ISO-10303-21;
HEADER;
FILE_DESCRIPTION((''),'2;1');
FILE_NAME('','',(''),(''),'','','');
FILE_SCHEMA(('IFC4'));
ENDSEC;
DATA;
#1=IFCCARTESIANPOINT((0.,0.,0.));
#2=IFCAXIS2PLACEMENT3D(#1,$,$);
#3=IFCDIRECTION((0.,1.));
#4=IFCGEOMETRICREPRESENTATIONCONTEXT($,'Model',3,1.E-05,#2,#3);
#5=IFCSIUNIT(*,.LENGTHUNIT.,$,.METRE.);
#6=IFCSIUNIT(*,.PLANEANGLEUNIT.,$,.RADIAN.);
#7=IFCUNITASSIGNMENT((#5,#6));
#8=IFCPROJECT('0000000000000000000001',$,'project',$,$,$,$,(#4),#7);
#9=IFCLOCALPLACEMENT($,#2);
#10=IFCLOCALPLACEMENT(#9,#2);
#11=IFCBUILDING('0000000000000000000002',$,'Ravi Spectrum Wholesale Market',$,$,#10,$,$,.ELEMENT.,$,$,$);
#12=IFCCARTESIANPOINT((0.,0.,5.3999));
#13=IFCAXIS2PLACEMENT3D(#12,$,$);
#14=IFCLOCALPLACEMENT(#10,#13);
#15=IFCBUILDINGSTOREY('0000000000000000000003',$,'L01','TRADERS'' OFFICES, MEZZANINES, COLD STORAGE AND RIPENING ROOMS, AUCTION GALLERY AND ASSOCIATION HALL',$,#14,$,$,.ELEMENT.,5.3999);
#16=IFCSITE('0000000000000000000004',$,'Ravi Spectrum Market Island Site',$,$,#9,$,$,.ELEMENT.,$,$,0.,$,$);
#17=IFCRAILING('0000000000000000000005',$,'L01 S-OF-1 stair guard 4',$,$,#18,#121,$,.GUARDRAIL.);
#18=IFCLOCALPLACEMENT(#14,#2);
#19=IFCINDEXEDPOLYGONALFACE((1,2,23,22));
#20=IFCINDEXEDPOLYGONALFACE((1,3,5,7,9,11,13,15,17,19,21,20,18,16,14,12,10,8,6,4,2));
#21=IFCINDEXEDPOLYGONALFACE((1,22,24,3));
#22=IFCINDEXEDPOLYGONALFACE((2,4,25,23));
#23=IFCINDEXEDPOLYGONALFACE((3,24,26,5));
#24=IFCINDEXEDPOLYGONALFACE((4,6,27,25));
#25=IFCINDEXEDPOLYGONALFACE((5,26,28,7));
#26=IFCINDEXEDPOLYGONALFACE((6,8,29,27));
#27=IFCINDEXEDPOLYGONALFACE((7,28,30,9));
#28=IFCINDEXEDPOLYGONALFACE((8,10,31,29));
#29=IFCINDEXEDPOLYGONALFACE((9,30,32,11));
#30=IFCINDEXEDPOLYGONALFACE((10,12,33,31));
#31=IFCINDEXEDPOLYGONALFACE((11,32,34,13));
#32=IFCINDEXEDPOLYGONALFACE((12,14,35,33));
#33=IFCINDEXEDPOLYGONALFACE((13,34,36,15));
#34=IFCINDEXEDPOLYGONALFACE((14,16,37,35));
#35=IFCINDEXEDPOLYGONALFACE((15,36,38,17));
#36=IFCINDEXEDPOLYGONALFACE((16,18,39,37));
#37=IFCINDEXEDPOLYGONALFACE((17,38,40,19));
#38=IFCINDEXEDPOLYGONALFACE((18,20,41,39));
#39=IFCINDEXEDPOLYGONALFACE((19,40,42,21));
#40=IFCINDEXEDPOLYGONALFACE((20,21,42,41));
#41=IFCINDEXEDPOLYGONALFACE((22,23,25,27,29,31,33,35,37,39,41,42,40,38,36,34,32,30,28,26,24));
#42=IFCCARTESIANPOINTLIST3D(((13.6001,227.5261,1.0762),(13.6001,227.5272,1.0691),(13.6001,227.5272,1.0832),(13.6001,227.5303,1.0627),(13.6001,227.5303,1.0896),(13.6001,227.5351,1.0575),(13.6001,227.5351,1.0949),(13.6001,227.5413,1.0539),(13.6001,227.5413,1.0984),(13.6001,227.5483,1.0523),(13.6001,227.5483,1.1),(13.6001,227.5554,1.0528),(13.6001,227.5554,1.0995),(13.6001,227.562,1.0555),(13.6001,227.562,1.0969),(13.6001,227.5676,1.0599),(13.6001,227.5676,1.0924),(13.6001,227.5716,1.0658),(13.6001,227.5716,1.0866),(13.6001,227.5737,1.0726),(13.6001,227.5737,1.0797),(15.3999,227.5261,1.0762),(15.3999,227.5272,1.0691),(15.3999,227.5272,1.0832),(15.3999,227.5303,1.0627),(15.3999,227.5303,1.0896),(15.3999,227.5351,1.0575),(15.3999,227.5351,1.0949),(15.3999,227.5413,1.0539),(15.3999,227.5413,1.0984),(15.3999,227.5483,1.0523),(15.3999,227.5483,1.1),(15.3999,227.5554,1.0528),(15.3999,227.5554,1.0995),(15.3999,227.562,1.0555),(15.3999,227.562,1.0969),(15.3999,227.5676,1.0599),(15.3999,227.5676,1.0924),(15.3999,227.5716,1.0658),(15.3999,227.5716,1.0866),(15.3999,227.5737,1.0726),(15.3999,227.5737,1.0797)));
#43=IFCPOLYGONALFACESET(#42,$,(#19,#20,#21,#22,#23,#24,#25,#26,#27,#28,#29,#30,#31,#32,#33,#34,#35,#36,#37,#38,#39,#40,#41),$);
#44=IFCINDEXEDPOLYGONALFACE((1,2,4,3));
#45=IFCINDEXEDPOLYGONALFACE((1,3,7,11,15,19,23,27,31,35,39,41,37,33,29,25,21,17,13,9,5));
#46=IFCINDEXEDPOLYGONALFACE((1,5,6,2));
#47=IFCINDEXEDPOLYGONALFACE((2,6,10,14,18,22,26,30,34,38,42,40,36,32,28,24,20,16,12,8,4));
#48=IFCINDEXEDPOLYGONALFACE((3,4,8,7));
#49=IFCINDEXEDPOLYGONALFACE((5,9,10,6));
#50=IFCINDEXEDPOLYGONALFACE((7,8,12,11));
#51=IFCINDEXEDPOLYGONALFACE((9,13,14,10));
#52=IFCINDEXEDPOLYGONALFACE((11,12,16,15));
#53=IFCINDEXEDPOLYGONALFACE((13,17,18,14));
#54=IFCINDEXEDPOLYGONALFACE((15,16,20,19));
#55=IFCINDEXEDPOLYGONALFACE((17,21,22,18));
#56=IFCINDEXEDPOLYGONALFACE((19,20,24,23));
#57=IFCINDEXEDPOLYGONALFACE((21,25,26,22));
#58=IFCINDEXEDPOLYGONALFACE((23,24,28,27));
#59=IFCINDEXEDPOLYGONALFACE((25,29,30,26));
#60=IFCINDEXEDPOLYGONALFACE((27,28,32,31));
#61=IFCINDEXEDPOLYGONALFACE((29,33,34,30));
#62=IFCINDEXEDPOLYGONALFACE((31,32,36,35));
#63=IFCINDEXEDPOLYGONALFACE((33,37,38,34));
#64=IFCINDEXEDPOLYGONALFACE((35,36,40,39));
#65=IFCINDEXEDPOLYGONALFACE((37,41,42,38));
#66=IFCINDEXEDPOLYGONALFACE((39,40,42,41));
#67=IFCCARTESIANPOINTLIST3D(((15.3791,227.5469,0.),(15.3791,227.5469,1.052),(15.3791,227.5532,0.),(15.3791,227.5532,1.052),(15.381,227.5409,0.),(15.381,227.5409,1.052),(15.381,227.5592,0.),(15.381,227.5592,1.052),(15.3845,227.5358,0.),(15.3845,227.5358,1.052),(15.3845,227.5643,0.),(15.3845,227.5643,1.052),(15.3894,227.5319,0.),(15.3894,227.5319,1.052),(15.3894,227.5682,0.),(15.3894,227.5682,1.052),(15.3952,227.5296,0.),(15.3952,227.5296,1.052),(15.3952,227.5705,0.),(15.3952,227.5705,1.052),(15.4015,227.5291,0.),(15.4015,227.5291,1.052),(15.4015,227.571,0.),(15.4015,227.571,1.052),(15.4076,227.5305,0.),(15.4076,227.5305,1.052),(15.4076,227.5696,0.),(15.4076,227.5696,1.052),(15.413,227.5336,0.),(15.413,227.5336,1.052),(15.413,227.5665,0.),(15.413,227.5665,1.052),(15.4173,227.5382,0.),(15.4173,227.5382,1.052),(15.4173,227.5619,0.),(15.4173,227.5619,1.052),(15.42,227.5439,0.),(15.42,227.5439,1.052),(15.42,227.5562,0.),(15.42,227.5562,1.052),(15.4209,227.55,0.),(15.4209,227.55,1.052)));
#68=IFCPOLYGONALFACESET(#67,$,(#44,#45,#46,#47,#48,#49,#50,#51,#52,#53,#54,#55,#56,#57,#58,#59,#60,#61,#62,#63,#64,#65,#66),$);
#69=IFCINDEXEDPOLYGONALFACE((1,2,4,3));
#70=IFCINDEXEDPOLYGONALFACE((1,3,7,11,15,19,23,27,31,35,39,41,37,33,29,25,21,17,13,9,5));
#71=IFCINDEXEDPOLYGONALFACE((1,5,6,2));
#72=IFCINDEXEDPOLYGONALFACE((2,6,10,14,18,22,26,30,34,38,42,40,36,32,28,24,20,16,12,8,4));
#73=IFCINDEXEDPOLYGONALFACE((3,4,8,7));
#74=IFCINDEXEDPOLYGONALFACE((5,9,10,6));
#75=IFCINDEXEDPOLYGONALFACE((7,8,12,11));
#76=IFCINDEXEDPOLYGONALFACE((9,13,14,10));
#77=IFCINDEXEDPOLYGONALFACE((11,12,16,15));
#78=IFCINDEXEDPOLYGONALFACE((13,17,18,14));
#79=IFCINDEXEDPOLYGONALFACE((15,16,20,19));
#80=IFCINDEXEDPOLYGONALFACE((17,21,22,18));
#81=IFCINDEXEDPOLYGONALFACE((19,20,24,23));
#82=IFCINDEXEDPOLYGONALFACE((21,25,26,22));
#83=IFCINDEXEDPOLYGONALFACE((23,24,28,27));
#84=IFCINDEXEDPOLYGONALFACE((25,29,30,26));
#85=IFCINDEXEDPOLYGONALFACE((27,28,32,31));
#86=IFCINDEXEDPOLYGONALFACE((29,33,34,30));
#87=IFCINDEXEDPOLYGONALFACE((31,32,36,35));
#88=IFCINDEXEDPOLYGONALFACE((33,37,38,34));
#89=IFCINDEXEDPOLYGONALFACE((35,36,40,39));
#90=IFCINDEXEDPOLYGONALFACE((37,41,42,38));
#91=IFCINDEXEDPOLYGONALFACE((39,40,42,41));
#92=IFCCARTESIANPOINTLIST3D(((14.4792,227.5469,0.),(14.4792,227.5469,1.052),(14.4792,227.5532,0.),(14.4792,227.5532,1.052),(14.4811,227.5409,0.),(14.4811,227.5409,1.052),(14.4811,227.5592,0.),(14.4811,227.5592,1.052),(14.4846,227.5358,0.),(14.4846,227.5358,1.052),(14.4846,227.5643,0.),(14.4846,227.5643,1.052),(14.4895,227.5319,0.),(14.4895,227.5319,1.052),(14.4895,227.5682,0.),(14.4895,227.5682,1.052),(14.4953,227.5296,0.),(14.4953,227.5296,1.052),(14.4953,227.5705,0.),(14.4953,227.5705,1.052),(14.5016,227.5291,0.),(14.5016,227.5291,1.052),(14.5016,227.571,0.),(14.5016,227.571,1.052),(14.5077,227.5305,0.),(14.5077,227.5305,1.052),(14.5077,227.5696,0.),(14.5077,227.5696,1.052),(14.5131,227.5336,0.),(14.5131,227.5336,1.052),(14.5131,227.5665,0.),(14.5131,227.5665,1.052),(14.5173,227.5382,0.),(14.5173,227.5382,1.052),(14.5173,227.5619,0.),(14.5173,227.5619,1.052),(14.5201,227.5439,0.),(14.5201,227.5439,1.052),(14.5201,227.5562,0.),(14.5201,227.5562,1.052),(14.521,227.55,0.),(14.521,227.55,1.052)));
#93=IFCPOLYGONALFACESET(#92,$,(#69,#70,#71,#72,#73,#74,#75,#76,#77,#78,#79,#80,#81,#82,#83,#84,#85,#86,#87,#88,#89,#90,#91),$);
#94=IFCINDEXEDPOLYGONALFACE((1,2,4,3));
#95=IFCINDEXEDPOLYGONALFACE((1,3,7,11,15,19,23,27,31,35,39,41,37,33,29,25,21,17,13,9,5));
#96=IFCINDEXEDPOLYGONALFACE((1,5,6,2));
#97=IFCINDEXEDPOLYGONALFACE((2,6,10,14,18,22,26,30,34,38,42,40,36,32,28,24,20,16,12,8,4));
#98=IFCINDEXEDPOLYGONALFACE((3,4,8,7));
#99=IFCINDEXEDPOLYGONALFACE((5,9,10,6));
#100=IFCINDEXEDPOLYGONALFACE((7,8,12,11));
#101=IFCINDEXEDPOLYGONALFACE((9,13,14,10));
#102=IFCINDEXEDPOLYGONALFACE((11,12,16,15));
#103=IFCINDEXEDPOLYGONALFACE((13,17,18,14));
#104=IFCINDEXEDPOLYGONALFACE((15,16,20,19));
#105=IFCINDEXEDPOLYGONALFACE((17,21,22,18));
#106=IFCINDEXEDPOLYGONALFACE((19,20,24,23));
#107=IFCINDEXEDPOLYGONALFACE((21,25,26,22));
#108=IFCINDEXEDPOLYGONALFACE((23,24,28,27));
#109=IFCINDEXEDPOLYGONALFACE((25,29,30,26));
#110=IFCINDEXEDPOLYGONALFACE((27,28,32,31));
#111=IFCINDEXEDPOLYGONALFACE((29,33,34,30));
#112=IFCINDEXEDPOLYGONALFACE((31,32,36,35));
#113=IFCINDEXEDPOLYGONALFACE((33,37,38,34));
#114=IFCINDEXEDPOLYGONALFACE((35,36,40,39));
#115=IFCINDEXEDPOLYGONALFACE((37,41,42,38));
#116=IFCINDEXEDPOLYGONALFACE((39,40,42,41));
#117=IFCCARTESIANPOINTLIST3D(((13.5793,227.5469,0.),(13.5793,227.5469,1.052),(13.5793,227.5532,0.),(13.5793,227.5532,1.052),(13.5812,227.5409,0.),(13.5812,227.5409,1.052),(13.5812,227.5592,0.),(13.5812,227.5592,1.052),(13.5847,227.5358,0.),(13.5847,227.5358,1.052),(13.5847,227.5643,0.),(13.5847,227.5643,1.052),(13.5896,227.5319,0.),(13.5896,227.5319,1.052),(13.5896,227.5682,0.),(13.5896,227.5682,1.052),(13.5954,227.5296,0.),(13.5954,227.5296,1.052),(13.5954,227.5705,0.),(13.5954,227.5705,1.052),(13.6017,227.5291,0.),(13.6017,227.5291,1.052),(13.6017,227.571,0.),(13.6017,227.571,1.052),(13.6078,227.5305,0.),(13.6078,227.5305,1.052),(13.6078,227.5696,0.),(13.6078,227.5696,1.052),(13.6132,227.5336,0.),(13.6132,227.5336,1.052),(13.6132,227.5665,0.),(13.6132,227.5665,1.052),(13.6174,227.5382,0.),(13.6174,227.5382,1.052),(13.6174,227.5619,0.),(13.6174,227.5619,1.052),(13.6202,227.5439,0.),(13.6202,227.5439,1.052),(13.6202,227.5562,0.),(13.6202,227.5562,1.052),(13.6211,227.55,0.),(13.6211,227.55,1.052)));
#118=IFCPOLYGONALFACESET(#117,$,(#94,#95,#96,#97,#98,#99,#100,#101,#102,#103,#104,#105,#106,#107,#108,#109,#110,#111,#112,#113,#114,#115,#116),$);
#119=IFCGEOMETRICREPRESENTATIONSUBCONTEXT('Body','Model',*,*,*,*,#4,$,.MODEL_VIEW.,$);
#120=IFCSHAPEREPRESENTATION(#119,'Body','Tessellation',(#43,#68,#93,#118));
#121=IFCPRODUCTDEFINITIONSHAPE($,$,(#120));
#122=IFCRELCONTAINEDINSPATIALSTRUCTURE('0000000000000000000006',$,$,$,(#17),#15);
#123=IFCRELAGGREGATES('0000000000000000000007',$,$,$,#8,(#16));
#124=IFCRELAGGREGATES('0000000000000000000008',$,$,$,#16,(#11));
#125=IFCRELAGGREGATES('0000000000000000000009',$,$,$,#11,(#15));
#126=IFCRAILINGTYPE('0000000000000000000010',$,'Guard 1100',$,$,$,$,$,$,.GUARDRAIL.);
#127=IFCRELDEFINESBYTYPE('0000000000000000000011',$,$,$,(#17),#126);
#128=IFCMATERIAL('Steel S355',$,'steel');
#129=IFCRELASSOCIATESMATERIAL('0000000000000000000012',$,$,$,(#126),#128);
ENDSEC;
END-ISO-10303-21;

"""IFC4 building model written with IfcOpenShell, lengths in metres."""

from ifc_helpers import new_model, si_unit, direction, frame, origin, origin_2d, place, context, subcontext, project, spatial, circle, extrude, material, type_object, element, save


model = new_model("IFC4")

# Units and contexts
model_context = context("Model", 3, precision=1e-05, world=origin(), true_north=direction((0.0, 1.0)))
body_context = subcontext(model_context, "Body", "Model", "MODEL_VIEW")
ifc_project = project(units=[si_unit("LENGTHUNIT", "METRE"), si_unit("PLANEANGLEUNIT", "RADIAN")], contexts=[model_context])

# Site, building, storey
site_placement = place(None, origin())
site = spatial("IfcSite", under=ifc_project, at=site_placement, Name="Ravi Spectrum Market Island Site", CompositionType="ELEMENT", RefElevation=0.0)
building_placement = place(site_placement, origin())
building = spatial("IfcBuilding", under=site, at=building_placement, Name="Ravi Spectrum Wholesale Market", CompositionType="ELEMENT")
storey_placement = place(building_placement, frame((0.0, 0.0, 5.3999)))
storey = spatial("IfcBuildingStorey", under=building, at=storey_placement, Name="L01", Description="TRADERS' OFFICES, MEZZANINES, COLD STORAGE AND RIPENING ROOMS, AUCTION GALLERY AND ASSOCIATION HALL", CompositionType="ELEMENT", Elevation=5.3999)

# Railing
ifc_material_1 = material(Name="Steel S355", Category="steel")
railing_type_1 = type_object("IfcRailingType", Name="Guard 1100", PredefinedType="GUARDRAIL", material=ifc_material_1)
railing_1_placement = place(storey_placement, frame((15.3999, 227.55, 0.0)))
element("IfcRailing", 1, at=railing_1_placement, inside=storey, type_object=railing_type_1, Name="L01 S-OF-1 stair guard 4", PredefinedType="GUARDRAIL", context=body_context, shape_type="SweptSolid", body=[
    extrude(circle(Radius=0.0239, at=origin_2d()), frame((0.0, 0.0, 1.0762), z_axis=(-1.0, 0.0, 0.0), x_axis=(0.0, -1.0, 0.0)), (0.0, 0.0, 1.0), 1.7998),
    extrude(circle(Radius=0.021, at=origin_2d()), origin(), (0.0, 0.0, 1.0), 1.052),
    extrude(circle(Radius=0.021, at=origin_2d()), frame((-0.8999, 0.0, 0.0)), (0.0, 0.0, 1.0), 1.052),
    extrude(circle(Radius=0.021, at=origin_2d()), frame((-1.7998, 0.0, 0.0)), (0.0, 0.0, 1.0), 1.052),
])

save(model, "model.ifc")
